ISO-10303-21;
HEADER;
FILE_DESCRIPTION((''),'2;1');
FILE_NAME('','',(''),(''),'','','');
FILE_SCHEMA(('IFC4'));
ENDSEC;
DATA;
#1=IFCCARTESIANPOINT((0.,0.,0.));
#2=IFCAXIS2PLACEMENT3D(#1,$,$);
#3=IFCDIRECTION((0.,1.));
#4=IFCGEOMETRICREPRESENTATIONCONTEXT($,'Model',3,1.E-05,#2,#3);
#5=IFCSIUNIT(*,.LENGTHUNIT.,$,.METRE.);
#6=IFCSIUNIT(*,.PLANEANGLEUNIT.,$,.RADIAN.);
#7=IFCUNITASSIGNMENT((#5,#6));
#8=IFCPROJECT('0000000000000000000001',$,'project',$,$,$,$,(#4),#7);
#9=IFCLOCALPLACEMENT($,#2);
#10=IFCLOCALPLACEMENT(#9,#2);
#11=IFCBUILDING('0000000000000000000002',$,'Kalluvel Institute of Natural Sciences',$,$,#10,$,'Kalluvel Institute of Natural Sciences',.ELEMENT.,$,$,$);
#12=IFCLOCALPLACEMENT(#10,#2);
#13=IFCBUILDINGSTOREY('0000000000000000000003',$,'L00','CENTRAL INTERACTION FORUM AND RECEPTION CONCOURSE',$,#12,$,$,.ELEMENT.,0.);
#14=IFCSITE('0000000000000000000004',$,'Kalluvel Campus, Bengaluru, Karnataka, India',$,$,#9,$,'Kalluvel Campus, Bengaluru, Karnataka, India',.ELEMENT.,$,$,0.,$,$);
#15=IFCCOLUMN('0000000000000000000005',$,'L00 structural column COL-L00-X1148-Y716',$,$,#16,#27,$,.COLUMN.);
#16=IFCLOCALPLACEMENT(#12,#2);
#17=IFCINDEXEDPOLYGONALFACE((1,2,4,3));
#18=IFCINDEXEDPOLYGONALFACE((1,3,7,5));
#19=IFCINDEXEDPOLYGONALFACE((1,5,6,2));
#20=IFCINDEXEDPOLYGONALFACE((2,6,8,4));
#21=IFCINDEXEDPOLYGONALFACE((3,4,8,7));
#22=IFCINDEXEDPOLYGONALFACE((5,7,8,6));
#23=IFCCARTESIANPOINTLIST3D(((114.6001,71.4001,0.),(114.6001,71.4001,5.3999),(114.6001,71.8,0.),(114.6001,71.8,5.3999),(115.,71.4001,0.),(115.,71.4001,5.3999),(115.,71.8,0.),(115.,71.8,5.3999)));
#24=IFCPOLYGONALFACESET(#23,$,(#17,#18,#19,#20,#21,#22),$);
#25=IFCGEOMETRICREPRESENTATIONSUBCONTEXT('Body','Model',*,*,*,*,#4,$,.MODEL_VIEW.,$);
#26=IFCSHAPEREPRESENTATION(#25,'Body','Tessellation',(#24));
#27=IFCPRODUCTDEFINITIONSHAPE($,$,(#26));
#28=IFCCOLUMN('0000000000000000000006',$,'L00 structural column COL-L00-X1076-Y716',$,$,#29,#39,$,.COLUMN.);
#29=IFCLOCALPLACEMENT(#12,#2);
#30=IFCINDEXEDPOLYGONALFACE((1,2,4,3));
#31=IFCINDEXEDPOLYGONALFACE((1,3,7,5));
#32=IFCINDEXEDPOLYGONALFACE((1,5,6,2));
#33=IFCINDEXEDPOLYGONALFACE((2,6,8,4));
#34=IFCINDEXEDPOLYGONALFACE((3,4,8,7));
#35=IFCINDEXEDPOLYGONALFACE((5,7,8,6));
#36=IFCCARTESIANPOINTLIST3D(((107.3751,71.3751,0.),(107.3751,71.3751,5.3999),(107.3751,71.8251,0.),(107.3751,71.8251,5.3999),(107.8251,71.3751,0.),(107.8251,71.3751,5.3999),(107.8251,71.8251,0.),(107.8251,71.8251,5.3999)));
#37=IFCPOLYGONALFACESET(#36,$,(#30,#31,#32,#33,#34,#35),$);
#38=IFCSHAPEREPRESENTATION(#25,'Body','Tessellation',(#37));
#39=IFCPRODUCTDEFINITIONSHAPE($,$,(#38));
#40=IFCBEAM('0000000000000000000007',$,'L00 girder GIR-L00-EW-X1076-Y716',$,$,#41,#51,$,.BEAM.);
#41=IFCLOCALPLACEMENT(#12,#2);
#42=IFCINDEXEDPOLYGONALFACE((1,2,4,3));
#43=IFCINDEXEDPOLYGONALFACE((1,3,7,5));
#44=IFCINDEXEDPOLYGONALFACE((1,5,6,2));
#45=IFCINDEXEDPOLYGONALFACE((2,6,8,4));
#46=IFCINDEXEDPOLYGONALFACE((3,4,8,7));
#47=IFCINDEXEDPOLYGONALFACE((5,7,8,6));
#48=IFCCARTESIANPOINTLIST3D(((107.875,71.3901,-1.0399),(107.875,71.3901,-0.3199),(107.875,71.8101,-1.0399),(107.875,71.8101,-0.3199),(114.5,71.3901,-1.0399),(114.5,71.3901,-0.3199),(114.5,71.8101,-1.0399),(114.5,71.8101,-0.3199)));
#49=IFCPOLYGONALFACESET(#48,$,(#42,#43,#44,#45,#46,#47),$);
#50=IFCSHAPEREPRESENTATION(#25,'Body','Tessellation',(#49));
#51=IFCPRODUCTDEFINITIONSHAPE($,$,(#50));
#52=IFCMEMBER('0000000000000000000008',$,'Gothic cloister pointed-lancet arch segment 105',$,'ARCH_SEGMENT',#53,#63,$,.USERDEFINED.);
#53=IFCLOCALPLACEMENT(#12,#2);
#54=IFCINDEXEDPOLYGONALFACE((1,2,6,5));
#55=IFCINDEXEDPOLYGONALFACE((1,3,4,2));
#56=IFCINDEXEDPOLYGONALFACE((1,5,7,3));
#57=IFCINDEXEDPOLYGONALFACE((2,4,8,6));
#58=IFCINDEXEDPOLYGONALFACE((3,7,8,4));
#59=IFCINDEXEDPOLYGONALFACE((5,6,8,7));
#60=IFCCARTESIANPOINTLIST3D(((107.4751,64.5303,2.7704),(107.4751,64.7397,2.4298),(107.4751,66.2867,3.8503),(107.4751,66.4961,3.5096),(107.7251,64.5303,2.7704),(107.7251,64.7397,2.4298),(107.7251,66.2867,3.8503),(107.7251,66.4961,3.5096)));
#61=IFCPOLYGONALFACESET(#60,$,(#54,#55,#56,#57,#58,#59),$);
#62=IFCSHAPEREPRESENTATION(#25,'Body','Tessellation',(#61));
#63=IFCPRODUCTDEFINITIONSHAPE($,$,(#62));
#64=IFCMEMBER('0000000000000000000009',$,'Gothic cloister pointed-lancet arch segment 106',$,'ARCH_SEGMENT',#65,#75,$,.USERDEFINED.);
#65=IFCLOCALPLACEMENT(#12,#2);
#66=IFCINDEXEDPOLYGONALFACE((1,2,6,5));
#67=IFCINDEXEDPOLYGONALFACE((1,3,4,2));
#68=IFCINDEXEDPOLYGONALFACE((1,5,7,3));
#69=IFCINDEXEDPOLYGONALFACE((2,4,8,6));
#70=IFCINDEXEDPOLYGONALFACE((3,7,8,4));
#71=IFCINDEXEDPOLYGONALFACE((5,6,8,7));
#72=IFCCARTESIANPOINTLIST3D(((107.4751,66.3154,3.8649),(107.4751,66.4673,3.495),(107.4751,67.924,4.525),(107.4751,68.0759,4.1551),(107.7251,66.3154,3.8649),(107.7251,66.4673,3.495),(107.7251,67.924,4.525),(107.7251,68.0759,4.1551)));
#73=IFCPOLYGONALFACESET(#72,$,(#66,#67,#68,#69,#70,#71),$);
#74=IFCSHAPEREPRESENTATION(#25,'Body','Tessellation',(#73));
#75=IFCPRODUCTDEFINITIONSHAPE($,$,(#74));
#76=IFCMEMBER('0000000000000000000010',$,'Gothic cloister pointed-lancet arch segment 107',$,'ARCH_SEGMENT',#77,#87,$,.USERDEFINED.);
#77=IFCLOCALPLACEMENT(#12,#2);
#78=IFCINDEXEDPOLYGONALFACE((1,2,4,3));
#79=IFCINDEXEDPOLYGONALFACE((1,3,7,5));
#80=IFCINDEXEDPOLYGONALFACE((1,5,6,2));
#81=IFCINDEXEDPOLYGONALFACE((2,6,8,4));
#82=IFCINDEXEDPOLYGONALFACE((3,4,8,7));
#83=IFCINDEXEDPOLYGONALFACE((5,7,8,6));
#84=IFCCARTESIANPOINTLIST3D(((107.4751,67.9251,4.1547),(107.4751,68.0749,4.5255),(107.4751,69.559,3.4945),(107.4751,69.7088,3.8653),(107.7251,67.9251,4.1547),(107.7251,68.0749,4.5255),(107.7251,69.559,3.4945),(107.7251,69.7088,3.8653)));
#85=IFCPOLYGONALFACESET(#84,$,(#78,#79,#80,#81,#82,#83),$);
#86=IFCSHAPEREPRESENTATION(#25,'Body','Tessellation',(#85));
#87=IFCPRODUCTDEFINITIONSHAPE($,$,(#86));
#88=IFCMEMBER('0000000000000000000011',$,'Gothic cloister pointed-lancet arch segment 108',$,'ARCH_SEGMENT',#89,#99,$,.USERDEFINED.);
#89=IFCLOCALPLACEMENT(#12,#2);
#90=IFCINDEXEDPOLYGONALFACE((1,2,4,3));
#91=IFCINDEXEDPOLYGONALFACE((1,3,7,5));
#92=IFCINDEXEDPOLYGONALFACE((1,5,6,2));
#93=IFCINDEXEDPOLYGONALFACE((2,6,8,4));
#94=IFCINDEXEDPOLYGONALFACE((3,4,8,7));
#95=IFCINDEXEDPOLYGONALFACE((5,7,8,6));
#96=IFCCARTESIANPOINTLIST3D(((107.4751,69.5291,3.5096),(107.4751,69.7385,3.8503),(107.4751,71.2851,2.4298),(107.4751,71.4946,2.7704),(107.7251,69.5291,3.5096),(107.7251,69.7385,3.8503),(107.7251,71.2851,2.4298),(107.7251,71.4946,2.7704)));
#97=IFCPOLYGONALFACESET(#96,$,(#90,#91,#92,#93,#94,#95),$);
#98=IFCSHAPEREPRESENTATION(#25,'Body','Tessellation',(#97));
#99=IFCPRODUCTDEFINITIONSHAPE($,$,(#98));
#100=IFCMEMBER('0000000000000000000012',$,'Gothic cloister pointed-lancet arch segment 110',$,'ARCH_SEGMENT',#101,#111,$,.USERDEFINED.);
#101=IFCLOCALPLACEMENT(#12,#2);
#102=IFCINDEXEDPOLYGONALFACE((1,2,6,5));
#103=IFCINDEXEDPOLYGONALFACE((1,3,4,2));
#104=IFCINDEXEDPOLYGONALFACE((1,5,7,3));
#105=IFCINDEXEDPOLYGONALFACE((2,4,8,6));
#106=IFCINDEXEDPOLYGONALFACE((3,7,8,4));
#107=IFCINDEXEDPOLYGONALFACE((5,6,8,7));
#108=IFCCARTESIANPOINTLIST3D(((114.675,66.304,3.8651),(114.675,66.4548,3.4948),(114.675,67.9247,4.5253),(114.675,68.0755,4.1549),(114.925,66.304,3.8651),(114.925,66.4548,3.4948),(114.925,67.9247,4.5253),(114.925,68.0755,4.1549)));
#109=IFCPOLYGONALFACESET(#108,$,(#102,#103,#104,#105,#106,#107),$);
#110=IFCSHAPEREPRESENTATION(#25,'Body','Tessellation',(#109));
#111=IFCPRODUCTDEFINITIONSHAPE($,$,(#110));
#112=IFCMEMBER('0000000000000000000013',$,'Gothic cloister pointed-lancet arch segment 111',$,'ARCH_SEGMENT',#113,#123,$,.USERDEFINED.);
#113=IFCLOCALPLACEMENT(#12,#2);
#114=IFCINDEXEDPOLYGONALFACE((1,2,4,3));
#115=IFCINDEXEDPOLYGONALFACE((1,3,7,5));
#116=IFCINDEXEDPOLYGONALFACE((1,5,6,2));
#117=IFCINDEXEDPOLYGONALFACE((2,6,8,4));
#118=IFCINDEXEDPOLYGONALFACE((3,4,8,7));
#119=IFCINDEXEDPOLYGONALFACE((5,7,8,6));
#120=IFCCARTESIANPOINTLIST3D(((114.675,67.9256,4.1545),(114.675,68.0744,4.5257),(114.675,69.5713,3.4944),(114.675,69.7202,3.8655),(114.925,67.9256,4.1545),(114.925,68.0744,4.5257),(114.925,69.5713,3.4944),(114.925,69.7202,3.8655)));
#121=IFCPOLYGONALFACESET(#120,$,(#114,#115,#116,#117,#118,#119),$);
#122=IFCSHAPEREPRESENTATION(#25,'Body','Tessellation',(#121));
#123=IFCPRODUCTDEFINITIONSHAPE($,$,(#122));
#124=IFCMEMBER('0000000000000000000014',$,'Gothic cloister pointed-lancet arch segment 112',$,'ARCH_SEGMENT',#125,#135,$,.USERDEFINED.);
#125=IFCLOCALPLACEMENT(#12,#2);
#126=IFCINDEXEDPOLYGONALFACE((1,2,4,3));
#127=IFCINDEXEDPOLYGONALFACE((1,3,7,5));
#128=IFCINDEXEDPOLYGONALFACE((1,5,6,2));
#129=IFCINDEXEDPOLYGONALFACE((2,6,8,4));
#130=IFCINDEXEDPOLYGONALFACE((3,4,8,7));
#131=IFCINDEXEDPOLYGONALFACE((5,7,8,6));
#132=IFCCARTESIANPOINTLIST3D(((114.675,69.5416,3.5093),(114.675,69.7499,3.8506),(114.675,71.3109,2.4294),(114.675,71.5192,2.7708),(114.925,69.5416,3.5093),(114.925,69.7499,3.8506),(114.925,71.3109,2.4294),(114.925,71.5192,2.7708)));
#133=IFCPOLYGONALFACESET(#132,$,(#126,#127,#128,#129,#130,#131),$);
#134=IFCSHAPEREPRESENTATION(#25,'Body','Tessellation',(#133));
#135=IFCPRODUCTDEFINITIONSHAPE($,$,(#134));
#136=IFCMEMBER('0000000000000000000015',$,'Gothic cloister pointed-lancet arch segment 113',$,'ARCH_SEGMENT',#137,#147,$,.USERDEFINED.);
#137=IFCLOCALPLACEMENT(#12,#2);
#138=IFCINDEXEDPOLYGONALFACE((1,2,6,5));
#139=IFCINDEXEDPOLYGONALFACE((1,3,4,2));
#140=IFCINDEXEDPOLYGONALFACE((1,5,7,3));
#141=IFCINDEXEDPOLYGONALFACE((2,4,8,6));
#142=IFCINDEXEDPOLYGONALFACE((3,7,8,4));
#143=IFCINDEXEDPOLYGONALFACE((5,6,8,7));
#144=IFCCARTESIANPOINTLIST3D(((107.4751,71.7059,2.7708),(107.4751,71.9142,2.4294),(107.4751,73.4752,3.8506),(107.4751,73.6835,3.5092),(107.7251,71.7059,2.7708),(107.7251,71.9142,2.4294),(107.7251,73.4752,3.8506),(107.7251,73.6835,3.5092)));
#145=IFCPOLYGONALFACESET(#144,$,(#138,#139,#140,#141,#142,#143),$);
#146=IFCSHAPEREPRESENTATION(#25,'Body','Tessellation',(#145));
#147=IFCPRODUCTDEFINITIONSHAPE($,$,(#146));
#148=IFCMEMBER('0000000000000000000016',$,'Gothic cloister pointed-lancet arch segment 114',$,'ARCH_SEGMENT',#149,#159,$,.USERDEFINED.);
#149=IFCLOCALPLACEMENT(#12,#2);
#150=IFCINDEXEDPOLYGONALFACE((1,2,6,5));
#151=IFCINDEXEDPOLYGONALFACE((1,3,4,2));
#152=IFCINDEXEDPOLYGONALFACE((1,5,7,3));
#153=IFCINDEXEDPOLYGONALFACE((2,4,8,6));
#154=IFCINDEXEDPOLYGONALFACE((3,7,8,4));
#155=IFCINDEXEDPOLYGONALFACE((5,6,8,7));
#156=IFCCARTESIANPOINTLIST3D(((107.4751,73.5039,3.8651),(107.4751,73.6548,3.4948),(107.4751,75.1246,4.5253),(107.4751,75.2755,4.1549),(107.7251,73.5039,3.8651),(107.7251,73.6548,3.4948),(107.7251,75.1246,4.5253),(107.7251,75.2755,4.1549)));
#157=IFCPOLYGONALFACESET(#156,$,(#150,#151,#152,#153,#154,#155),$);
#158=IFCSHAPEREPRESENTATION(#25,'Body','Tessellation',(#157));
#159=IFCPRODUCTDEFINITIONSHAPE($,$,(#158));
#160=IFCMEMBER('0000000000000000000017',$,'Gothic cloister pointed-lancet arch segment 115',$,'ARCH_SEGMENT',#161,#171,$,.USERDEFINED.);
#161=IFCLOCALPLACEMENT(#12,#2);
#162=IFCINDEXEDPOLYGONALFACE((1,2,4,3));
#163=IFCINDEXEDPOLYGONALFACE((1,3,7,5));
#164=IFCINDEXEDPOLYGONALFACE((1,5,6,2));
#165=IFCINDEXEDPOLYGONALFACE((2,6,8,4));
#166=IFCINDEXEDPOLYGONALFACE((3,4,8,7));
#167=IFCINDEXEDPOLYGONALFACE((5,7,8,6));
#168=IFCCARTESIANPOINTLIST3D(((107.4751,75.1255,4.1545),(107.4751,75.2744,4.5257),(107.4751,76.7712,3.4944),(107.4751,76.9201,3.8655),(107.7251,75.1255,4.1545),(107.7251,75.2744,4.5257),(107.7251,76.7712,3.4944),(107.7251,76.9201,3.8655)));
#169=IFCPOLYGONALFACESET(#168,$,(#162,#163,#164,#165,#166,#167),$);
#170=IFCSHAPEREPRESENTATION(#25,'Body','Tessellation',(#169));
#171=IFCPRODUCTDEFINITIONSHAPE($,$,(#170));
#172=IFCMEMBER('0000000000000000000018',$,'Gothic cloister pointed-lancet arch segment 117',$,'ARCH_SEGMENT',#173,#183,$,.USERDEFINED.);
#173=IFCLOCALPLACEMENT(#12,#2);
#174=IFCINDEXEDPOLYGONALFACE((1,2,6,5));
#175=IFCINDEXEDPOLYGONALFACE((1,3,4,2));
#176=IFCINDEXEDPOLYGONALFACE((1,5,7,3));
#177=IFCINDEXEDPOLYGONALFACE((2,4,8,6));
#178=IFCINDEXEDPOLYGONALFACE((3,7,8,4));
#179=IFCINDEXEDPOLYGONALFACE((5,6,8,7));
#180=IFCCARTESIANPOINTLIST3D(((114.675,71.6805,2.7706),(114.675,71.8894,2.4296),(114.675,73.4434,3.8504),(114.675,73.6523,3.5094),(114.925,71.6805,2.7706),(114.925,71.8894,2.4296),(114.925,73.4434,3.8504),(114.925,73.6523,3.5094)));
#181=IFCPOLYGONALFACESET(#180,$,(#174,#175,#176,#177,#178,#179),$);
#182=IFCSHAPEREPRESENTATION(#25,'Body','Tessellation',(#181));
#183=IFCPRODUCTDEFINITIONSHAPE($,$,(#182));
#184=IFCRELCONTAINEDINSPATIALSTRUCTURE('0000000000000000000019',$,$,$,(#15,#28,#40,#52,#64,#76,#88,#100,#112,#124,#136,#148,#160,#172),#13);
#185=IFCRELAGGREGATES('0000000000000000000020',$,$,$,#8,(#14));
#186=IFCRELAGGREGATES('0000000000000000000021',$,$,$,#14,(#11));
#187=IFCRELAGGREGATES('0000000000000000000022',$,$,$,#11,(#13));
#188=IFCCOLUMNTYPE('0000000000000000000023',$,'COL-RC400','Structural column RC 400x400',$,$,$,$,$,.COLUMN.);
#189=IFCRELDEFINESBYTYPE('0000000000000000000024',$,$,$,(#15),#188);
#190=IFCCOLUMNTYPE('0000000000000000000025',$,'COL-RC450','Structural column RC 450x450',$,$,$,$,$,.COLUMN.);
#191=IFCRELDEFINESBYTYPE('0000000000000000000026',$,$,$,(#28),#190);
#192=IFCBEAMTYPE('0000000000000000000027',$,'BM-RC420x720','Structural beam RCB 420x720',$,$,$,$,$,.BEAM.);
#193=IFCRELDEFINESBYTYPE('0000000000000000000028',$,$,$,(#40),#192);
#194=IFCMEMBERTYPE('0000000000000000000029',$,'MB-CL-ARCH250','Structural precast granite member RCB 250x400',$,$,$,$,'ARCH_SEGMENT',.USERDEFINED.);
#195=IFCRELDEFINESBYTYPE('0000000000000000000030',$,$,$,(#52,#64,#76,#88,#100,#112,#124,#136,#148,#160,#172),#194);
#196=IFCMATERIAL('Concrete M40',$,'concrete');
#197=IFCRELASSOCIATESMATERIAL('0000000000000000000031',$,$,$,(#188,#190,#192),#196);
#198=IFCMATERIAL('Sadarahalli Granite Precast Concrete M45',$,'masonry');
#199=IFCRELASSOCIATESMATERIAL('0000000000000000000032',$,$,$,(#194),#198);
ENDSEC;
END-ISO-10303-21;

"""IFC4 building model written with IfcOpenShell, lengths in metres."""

from ifc_helpers import new_model, si_unit, direction, frame, origin, origin_2d, place, context, subcontext, project, spatial, rectangle, extrude, material, material_profile, profile_set, type_object, element, save


model = new_model("IFC4")

# Units and contexts
model_context = context("Model", 3, precision=1e-05, world=origin(), true_north=direction((0.0, 1.0)))
body_context = subcontext(model_context, "Body", "Model", "MODEL_VIEW")
ifc_project = project(units=[si_unit("LENGTHUNIT", "METRE"), si_unit("PLANEANGLEUNIT", "RADIAN")], contexts=[model_context])

# Site, building, storey
site_placement = place(None, origin())
site = spatial("IfcSite", under=ifc_project, at=site_placement, Name="Kalluvel Campus, Bengaluru, Karnataka, India", LongName="Kalluvel Campus, Bengaluru, Karnataka, India", CompositionType="ELEMENT", RefElevation=0.0)
building_placement = place(site_placement, origin())
building = spatial("IfcBuilding", under=site, at=building_placement, Name="Kalluvel Institute of Natural Sciences", LongName="Kalluvel Institute of Natural Sciences", CompositionType="ELEMENT")
storey_placement = place(building_placement, origin())
storey = spatial("IfcBuildingStorey", under=building, at=storey_placement, Name="L00", Description="CENTRAL INTERACTION FORUM AND RECEPTION CONCOURSE", CompositionType="ELEMENT", Elevation=0.0)

# Columns
ifc_material_1 = material(Name="Concrete M40", Category="concrete")
ifc_material_profile_1 = material_profile(ifc_material_1, rectangle(XDim=0.3999, YDim=0.3999, at=origin_2d()), Name="RC 400x400")
ifc_profile_set_1 = profile_set([ifc_material_profile_1], Name="Concrete M40")
column_type_1 = type_object("IfcColumnType", Name="COL-RC400", Description="Structural column RC 400x400", PredefinedType="COLUMN", material=ifc_profile_set_1)
column_1_placement = place(storey_placement, frame((114.8, 71.6001, 0.0), z_axis=(0.0, 0.0, 1.0), x_axis=(1.0, 0.0, 0.0)))
element("IfcColumn", 1, at=column_1_placement, inside=storey, type_object=column_type_1, Name="L00 structural column COL-L00-X1148-Y716", PredefinedType="COLUMN", context=body_context, shape_type="SweptSolid", body=[
    extrude(rectangle(XDim=0.3999, YDim=0.3999, at=origin_2d()), origin(), (0.0, 0.0, 1.0), 5.3999),
])
ifc_material_profile_2 = material_profile(ifc_material_1, rectangle(XDim=0.45, YDim=0.45, at=origin_2d()), Name="RC 450x450")
ifc_profile_set_2 = profile_set([ifc_material_profile_2], Name="Concrete M40")
column_type_2 = type_object("IfcColumnType", Name="COL-RC450", Description="Structural column RC 450x450", PredefinedType="COLUMN", material=ifc_profile_set_2)
column_2_placement = place(storey_placement, frame((107.6001, 71.6001, 0.0), z_axis=(0.0, 0.0, 1.0), x_axis=(1.0, 0.0, 0.0)))
element("IfcColumn", 2, at=column_2_placement, inside=storey, type_object=column_type_2, Name="L00 structural column COL-L00-X1076-Y716", PredefinedType="COLUMN", context=body_context, shape_type="SweptSolid", body=[
    extrude(rectangle(XDim=0.45, YDim=0.45, at=origin_2d()), origin(), (0.0, 0.0, 1.0), 5.3999),
])

# Beam
ifc_material_profile_3 = material_profile(ifc_material_1, rectangle(XDim=0.4199, YDim=0.72, at=origin_2d()), Name="RCB 420x720")
ifc_profile_set_3 = profile_set([ifc_material_profile_3], Name="Concrete M40")
beam_type_1 = type_object("IfcBeamType", Name="BM-RC420x720", Description="Structural beam RCB 420x720", PredefinedType="BEAM", material=ifc_profile_set_3)
beam_1_placement = place(storey_placement, frame((107.875, 71.6001, -0.6799), z_axis=(1.0, 0.0, 0.0), x_axis=(0.0, 1.0, 0.0)))
element("IfcBeam", 3, at=beam_1_placement, inside=storey, type_object=beam_type_1, Name="L00 girder GIR-L00-EW-X1076-Y716", PredefinedType="BEAM", context=body_context, shape_type="SweptSolid", body=[
    extrude(rectangle(XDim=0.4199, YDim=0.72, at=origin_2d()), origin(), (0.0, 0.0, 1.0), 6.625),
])

# Members
ifc_material_2 = material(Name="Sadarahalli Granite Precast Concrete M45", Category="masonry")
ifc_material_profile_4 = material_profile(ifc_material_2, rectangle(XDim=0.25, YDim=0.3999, at=origin_2d()), Name="RCB 250x400")
ifc_profile_set_4 = profile_set([ifc_material_profile_4], Name="Sadarahalli Granite Precast Concrete M45")
member_type = type_object("IfcMemberType", Name="MB-CL-ARCH250", Description="Structural precast granite member RCB 250x400", ElementType="ARCH_SEGMENT", PredefinedType="USERDEFINED", material=ifc_profile_set_4)
member_1_placement = place(storey_placement, frame((107.6001, 64.635, 2.6001), z_axis=(0.0, 0.851874, 0.523747), x_axis=(-1.0, 0.0, 0.0)))
element("IfcMember", 4, at=member_1_placement, inside=storey, type_object=member_type, Name="Gothic cloister pointed-lancet arch segment 105", ObjectType="ARCH_SEGMENT", PredefinedType="USERDEFINED", context=body_context, shape_type="SweptSolid", body=[
    extrude(rectangle(XDim=0.25, YDim=0.3999, at=origin_2d()), origin(), (0.0, 0.0, 1.0), 2.0618),
])
member_2_placement = place(storey_placement, frame((107.6001, 66.3914, 3.6799), z_axis=(0.0, 0.925128, 0.379655), x_axis=(-1.0, 0.0, 0.0)))
element("IfcMember", 5, at=member_2_placement, inside=storey, type_object=member_type, Name="Gothic cloister pointed-lancet arch segment 106", ObjectType="ARCH_SEGMENT", PredefinedType="USERDEFINED", context=body_context, shape_type="SweptSolid", body=[
    extrude(rectangle(XDim=0.25, YDim=0.3999, at=origin_2d()), origin(), (0.0, 0.0, 1.0), 1.7388),
])
member_3_placement = place(storey_placement, frame((107.6001, 68.0, 4.3401), z_axis=(0.0, 0.927172, -0.374637), x_axis=(-1.0, 0.0, 0.0)))
element("IfcMember", 6, at=member_3_placement, inside=storey, type_object=member_type, Name="Gothic cloister pointed-lancet arch segment 107", ObjectType="ARCH_SEGMENT", PredefinedType="USERDEFINED", context=body_context, shape_type="SweptSolid", body=[
    extrude(rectangle(XDim=0.25, YDim=0.3999, at=origin_2d()), origin(), (0.0, 0.0, 1.0), 1.7622),
])
member_4_placement = place(storey_placement, frame((107.6001, 69.6338, 3.6799), z_axis=(0.0, 0.851841, -0.5238), x_axis=(-1.0, 0.0, 0.0)))
element("IfcMember", 7, at=member_4_placement, inside=storey, type_object=member_type, Name="Gothic cloister pointed-lancet arch segment 108", ObjectType="ARCH_SEGMENT", PredefinedType="USERDEFINED", context=body_context, shape_type="SweptSolid", body=[
    extrude(rectangle(XDim=0.25, YDim=0.3999, at=origin_2d()), origin(), (0.0, 0.0, 1.0), 2.0615),
])
member_5_placement = place(storey_placement, frame((114.8, 66.3794, 3.6799), z_axis=(0.0, 0.92611, 0.377253), x_axis=(-1.0, 0.0, 0.0)))
element("IfcMember", 8, at=member_5_placement, inside=storey, type_object=member_type, Name="Gothic cloister pointed-lancet arch segment 110", ObjectType="ARCH_SEGMENT", PredefinedType="USERDEFINED", context=body_context, shape_type="SweptSolid", body=[
    extrude(rectangle(XDim=0.25, YDim=0.3999, at=origin_2d()), origin(), (0.0, 0.0, 1.0), 1.75),
])
member_6_placement = place(storey_placement, frame((114.8, 68.0, 4.3401), z_axis=(0.0, 0.928115, -0.372293), x_axis=(-1.0, 0.0, 0.0)))
element("IfcMember", 9, at=member_6_placement, inside=storey, type_object=member_type, Name="Gothic cloister pointed-lancet arch segment 111", ObjectType="ARCH_SEGMENT", PredefinedType="USERDEFINED", context=body_context, shape_type="SweptSolid", body=[
    extrude(rectangle(XDim=0.25, YDim=0.3999, at=origin_2d()), origin(), (0.0, 0.0, 1.0), 1.7732),
])
for number, where, z_axis, x_axis, name in (
    (10, (114.8, 69.6458, 3.6799), (0.0, 0.853582, -0.520959), (-1.0, 0.0, 0.0), "Gothic cloister pointed-lancet arch segment 112"),
    (11, (107.6001, 71.8101, 2.6001), (0.0, 0.853582, 0.520959), (-1.0, 0.0, 0.0), "Gothic cloister pointed-lancet arch segment 113"),
):
    element("IfcMember", number, at=place(storey_placement, frame(where, z_axis=z_axis, x_axis=x_axis)), inside=storey, type_object=member_type, Name=name, ObjectType="ARCH_SEGMENT", PredefinedType="USERDEFINED", context=body_context, shape_type="SweptSolid", body=[
        extrude(rectangle(XDim=0.25, YDim=0.3999, at=origin_2d()), origin(), (0.0, 0.0, 1.0), 2.0728),
    ])
member_7_placement = place(storey_placement, frame((107.6001, 73.5793, 3.6799), z_axis=(0.0, 0.92611, 0.377253), x_axis=(-1.0, 0.0, 0.0)))
element("IfcMember", 12, at=member_7_placement, inside=storey, type_object=member_type, Name="Gothic cloister pointed-lancet arch segment 114", ObjectType="ARCH_SEGMENT", PredefinedType="USERDEFINED", context=body_context, shape_type="SweptSolid", body=[
    extrude(rectangle(XDim=0.25, YDim=0.3999, at=origin_2d()), origin(), (0.0, 0.0, 1.0), 1.75),
])
member_8_placement = place(storey_placement, frame((107.6001, 75.2, 4.3401), z_axis=(0.0, 0.928115, -0.372293), x_axis=(-1.0, 0.0, 0.0)))
element("IfcMember", 13, at=member_8_placement, inside=storey, type_object=member_type, Name="Gothic cloister pointed-lancet arch segment 115", ObjectType="ARCH_SEGMENT", PredefinedType="USERDEFINED", context=body_context, shape_type="SweptSolid", body=[
    extrude(rectangle(XDim=0.25, YDim=0.3999, at=origin_2d()), origin(), (0.0, 0.0, 1.0), 1.7732),
])
member_9_placement = place(storey_placement, frame((114.8, 71.7849, 2.6001), z_axis=(0.0, 0.852747, 0.522324), x_axis=(-1.0, 0.0, 0.0)))
element("IfcMember", 14, at=member_9_placement, inside=storey, type_object=member_type, Name="Gothic cloister pointed-lancet arch segment 117", ObjectType="ARCH_SEGMENT", PredefinedType="USERDEFINED", context=body_context, shape_type="SweptSolid", body=[
    extrude(rectangle(XDim=0.25, YDim=0.3999, at=origin_2d()), origin(), (0.0, 0.0, 1.0), 2.0674),
])

save(model, "model.ifc")
